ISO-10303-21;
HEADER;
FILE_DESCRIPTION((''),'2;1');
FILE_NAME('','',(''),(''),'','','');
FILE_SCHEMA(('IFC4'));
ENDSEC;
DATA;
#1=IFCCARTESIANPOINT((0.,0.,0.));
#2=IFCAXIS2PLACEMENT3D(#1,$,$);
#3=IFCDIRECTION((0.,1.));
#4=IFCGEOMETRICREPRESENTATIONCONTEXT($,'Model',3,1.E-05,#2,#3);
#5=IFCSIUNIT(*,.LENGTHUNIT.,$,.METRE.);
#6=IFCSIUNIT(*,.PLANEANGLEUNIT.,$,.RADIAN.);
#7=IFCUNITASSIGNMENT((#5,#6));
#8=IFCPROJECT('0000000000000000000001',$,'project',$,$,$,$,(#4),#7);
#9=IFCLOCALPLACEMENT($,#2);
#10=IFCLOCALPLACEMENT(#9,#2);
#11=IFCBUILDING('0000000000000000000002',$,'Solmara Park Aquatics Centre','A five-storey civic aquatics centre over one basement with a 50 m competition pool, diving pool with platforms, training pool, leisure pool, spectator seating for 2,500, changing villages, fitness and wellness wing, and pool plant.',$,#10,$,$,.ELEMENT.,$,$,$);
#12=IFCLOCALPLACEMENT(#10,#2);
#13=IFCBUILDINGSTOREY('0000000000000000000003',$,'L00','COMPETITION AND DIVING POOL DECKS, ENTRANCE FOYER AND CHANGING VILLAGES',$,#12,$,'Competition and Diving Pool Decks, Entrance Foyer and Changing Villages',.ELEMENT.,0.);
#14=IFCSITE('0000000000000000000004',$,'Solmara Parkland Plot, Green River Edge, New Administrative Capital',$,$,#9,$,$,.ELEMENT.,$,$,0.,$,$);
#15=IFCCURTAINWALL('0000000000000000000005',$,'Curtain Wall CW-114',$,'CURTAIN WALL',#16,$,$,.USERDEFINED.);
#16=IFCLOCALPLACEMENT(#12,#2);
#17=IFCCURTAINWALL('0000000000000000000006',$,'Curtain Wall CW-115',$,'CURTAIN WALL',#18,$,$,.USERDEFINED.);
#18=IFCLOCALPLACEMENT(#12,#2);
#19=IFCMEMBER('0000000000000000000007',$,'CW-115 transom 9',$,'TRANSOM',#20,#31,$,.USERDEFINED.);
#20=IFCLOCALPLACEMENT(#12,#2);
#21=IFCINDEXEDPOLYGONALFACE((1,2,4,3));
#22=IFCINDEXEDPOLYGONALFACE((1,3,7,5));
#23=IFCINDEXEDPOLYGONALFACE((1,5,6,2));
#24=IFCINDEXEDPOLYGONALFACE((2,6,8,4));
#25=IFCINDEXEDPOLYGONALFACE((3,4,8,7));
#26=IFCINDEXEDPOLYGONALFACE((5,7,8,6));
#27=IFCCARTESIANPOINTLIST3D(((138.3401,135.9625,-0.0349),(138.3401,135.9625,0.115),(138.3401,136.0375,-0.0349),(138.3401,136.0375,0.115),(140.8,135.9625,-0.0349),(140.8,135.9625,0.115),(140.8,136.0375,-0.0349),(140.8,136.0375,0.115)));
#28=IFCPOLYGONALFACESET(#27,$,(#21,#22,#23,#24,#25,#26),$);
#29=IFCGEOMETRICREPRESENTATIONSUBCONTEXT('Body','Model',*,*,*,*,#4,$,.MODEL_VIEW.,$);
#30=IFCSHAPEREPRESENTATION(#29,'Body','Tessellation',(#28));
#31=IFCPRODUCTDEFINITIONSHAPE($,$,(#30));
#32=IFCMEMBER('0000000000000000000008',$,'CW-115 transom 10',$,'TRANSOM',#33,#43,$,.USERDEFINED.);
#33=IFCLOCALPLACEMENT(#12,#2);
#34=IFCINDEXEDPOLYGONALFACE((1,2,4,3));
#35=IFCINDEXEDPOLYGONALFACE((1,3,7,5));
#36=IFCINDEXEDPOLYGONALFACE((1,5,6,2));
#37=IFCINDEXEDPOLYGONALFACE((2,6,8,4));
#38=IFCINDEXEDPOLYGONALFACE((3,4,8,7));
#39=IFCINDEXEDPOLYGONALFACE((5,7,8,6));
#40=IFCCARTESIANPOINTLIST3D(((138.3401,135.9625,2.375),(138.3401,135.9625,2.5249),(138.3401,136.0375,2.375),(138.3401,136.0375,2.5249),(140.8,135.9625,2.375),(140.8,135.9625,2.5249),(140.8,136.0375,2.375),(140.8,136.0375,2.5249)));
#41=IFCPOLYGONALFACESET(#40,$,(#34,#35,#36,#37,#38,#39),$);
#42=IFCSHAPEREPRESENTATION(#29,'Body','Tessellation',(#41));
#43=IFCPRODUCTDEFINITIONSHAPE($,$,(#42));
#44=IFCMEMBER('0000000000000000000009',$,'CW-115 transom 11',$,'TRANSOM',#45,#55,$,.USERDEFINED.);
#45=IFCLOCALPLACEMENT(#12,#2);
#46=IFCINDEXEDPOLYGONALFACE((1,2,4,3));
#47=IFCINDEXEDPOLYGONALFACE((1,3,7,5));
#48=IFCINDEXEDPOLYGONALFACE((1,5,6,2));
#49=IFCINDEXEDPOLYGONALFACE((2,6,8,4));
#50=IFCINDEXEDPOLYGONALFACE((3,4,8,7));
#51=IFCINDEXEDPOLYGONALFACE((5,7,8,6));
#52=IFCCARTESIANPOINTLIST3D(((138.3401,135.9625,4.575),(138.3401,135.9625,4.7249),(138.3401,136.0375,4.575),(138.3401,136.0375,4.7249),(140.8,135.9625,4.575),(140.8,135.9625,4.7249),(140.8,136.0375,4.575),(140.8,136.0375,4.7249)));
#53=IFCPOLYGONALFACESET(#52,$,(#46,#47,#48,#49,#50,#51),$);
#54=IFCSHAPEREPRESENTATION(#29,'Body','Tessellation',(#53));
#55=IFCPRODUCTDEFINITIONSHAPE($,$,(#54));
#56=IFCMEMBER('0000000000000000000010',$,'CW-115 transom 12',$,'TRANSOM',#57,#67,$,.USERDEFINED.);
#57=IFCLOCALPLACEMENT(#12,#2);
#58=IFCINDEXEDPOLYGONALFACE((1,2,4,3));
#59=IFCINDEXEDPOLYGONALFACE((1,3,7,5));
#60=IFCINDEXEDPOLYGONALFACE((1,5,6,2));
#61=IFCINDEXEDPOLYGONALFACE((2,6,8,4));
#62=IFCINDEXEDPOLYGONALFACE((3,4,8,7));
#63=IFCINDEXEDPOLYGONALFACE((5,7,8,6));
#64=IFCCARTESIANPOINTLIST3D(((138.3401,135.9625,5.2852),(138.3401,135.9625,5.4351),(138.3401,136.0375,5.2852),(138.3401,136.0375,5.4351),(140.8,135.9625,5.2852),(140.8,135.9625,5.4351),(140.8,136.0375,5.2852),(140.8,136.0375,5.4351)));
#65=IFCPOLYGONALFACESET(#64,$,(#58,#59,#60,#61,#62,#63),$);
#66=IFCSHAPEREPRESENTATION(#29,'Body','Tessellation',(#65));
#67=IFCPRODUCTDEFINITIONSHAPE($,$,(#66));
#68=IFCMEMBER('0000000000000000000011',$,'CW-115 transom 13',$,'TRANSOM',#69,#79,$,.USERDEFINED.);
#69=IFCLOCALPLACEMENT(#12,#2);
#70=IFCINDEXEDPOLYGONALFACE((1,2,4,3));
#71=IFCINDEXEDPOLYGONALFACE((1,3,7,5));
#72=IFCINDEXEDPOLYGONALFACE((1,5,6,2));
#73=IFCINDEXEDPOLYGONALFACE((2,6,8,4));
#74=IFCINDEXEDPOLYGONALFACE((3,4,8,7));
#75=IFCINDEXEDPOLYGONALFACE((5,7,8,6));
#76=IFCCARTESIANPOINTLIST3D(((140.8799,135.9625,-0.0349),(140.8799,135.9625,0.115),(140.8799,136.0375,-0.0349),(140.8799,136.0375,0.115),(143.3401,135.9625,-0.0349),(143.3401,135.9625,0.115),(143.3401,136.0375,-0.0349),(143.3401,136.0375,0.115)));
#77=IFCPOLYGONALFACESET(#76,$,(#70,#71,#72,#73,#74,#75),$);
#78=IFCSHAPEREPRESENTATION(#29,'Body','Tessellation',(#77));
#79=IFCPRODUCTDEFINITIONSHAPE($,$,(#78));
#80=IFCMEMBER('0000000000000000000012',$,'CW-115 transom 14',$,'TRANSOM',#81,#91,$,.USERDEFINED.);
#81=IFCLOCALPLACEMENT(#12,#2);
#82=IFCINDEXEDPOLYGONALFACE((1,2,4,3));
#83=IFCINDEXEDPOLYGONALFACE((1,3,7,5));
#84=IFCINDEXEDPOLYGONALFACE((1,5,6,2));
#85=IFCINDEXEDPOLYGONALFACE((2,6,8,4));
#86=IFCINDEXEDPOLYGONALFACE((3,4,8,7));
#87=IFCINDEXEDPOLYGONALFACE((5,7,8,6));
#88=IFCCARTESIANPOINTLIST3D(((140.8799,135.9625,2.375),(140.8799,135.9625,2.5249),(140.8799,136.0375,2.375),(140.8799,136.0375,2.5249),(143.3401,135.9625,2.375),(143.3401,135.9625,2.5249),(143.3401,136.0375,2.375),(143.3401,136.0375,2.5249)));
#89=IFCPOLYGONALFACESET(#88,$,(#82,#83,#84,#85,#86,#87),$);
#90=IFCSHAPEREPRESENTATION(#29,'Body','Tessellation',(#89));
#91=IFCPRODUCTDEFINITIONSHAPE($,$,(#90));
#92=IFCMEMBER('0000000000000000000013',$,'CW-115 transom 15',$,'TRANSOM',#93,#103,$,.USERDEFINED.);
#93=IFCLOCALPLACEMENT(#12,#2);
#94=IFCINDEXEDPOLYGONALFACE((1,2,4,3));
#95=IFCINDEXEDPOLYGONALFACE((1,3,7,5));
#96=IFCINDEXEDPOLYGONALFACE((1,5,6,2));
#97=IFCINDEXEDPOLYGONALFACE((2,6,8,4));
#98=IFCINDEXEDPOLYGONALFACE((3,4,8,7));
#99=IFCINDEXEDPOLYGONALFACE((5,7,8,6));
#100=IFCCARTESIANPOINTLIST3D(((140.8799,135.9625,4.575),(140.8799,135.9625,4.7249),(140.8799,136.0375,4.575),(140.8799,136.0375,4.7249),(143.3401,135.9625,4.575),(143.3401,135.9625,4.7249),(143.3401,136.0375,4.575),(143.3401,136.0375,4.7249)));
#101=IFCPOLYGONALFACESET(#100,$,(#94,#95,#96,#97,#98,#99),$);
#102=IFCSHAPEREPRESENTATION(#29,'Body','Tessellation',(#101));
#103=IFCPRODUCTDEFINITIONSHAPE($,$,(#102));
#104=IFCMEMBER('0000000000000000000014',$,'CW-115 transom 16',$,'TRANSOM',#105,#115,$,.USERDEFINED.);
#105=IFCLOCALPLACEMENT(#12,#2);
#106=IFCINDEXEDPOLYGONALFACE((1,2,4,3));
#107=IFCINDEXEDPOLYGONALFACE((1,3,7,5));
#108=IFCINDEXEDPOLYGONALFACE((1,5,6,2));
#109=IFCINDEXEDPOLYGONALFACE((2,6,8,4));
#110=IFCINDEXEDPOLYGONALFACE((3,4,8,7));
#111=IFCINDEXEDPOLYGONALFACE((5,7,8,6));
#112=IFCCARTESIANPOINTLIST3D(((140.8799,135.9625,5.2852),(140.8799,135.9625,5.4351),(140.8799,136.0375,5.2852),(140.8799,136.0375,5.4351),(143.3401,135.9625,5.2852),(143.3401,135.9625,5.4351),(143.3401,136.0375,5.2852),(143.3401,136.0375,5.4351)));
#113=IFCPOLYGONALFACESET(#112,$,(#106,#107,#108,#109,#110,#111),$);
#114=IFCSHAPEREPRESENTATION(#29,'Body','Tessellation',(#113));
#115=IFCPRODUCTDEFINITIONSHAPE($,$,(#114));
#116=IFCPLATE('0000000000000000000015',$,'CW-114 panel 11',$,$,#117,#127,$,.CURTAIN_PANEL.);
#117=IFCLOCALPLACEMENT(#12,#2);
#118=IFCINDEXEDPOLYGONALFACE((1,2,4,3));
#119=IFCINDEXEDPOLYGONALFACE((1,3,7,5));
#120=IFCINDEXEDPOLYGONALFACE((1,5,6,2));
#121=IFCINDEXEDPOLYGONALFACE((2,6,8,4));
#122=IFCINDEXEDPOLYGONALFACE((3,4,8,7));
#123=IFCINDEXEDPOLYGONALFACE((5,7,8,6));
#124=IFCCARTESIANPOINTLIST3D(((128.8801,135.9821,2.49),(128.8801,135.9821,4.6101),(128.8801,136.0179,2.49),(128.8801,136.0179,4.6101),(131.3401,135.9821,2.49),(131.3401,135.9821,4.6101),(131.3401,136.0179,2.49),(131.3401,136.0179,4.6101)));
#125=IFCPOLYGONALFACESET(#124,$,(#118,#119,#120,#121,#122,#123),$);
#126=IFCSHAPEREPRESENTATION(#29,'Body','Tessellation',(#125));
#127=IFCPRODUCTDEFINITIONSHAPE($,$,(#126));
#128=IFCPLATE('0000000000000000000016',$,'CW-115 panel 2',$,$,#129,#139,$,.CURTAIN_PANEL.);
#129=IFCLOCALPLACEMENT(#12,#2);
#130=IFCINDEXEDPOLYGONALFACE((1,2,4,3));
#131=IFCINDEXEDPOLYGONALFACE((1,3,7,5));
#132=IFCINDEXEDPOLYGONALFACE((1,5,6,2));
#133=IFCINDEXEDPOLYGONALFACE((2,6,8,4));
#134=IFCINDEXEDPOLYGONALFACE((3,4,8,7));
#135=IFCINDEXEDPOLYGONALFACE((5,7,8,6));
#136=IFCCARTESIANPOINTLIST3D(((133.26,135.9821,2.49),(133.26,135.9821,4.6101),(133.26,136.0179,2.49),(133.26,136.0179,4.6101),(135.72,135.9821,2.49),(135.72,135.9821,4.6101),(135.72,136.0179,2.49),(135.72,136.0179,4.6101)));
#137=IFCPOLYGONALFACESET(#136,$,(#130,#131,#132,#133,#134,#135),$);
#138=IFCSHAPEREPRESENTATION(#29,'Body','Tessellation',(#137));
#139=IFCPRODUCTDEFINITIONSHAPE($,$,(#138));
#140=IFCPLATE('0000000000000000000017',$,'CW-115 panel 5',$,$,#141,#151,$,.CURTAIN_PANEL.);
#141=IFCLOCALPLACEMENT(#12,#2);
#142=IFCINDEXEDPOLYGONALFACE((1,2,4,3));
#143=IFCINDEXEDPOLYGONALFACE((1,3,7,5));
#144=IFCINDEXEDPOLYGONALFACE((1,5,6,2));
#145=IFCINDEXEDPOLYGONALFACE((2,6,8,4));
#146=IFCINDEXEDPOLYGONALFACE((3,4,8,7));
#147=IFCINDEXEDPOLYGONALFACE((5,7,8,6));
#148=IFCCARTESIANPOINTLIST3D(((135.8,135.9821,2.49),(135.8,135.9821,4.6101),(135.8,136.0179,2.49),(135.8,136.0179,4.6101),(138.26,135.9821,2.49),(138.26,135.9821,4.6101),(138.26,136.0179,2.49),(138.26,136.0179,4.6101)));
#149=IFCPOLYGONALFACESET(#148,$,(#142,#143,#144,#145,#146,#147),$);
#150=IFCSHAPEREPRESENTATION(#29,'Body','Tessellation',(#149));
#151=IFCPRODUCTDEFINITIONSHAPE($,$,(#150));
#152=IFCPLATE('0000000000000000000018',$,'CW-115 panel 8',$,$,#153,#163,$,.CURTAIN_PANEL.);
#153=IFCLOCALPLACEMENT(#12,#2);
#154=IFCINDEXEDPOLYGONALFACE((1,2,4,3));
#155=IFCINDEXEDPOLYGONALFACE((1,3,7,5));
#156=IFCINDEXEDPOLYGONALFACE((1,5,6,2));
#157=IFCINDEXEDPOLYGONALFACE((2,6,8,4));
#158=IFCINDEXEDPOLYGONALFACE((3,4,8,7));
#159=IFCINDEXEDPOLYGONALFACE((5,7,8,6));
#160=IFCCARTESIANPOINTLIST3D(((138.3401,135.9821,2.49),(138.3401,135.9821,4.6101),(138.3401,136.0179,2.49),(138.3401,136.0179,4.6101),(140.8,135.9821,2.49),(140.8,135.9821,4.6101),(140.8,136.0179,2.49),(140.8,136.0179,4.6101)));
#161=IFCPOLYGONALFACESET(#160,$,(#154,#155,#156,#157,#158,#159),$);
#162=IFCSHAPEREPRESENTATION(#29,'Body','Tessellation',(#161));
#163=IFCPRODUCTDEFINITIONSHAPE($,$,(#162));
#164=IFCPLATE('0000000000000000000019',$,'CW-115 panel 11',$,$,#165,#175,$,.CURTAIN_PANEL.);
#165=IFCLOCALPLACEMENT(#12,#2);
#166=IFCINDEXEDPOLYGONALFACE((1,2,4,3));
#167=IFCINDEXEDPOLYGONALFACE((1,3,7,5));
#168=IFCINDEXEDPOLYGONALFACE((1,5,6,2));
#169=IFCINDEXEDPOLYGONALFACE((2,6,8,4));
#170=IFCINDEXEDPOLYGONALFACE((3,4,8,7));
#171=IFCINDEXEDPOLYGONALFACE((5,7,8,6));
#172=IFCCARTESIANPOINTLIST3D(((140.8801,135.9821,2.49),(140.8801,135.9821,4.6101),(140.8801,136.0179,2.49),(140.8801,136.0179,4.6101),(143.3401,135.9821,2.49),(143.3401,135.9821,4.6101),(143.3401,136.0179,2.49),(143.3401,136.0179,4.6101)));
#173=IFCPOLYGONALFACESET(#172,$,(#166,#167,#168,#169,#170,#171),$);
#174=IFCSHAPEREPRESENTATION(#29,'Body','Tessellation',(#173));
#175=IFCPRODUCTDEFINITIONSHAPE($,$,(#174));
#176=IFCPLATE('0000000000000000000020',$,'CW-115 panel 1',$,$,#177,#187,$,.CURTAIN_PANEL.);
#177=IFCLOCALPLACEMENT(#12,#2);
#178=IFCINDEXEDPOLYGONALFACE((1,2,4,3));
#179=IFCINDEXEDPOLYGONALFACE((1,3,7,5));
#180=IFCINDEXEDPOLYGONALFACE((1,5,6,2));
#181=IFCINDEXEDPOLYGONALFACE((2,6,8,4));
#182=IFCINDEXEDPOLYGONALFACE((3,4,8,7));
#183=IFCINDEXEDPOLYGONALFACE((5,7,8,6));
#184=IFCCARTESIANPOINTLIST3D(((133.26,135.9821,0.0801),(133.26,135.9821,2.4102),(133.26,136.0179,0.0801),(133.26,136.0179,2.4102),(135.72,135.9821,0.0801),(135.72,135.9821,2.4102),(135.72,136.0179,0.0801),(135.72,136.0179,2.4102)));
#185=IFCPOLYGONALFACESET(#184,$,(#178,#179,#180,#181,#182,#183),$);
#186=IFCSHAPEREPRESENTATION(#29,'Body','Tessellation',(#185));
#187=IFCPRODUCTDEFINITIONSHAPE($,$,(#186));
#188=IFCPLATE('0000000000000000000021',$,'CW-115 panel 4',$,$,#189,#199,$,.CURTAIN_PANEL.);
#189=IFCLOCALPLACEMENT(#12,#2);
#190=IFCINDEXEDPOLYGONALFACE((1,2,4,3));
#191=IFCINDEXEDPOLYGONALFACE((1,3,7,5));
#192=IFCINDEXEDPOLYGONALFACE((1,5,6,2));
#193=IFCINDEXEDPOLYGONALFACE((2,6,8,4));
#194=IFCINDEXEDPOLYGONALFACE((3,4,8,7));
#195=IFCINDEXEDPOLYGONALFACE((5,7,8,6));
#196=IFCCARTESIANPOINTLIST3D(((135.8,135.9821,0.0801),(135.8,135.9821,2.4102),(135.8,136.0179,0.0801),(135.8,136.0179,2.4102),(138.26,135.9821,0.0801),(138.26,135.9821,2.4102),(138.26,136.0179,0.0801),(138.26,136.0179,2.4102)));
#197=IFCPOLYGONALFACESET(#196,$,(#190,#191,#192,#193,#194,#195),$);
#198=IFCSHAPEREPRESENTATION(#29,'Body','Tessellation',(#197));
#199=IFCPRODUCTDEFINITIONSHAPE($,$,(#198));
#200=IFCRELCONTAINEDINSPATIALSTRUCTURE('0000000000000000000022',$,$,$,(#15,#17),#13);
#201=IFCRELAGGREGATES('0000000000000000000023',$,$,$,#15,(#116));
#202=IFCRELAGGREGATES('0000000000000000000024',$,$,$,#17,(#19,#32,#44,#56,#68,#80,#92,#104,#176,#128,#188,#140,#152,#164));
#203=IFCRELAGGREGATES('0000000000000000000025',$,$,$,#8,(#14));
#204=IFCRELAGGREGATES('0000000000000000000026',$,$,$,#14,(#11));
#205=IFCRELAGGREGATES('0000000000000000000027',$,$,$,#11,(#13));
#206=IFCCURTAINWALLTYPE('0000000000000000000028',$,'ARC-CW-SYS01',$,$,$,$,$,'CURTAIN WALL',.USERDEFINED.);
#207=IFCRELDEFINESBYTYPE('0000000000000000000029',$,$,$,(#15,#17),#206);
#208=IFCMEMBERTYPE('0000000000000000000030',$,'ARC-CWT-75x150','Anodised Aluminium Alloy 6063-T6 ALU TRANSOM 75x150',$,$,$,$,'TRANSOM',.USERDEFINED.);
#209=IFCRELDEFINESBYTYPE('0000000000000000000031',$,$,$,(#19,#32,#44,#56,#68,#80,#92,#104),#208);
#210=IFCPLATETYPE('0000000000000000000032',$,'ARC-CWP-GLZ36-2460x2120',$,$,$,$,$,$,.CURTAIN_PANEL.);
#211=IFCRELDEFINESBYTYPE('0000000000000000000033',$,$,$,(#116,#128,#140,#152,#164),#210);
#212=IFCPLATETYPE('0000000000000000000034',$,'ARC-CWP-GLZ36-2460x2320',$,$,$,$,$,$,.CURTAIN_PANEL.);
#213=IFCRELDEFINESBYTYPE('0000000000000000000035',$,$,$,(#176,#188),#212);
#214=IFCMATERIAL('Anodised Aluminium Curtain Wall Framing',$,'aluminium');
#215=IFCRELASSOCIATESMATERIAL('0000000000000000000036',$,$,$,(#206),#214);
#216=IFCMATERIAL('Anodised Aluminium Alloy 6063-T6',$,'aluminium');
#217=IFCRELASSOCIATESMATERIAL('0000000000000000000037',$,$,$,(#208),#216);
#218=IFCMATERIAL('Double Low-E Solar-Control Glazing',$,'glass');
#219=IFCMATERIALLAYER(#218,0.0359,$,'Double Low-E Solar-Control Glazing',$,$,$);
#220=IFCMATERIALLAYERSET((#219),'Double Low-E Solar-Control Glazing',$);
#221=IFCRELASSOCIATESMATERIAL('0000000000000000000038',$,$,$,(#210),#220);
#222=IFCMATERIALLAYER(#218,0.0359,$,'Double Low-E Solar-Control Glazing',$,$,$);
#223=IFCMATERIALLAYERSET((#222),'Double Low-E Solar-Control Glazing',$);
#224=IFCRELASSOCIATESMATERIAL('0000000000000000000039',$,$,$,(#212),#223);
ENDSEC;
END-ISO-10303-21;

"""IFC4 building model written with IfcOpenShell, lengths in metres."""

from ifc_helpers import new_model, si_unit, direction, frame, origin, origin_2d, place, context, subcontext, project, spatial, rectangle, extrude, material, layer, layer_set, material_profile, profile_set, type_object, element, aggregate, save


model = new_model("IFC4")

# Units and contexts
model_context = context("Model", 3, precision=1e-05, world=origin(), true_north=direction((0.0, 1.0)))
body_context = subcontext(model_context, "Body", "Model", "MODEL_VIEW")
ifc_project = project(units=[si_unit("LENGTHUNIT", "METRE"), si_unit("PLANEANGLEUNIT", "RADIAN")], contexts=[model_context])

# Site, building, storey
site_placement = place(None, origin())
site = spatial("IfcSite", under=ifc_project, at=site_placement, Name="Solmara Parkland Plot, Green River Edge, New Administrative Capital", CompositionType="ELEMENT", RefElevation=0.0)
building_placement = place(site_placement, origin())
building = spatial("IfcBuilding", under=site, at=building_placement, Name="Solmara Park Aquatics Centre", Description="A five-storey civic aquatics centre over one basement with a 50 m competition pool, diving pool with platforms, training pool, leisure pool, spectator seating for 2,500, changing villages, fitness and wellness wing, and pool plant.", CompositionType="ELEMENT")
storey_placement = place(building_placement, origin())
storey = spatial("IfcBuildingStorey", under=building, at=storey_placement, Name="L00", Description="COMPETITION AND DIVING POOL DECKS, ENTRANCE FOYER AND CHANGING VILLAGES", LongName="Competition and Diving Pool Decks, Entrance Foyer and Changing Villages", CompositionType="ELEMENT", Elevation=0.0)

# Curtain wall
ifc_material_1 = material(Name="Anodised Aluminium Curtain Wall Framing", Category="aluminium")
curtain_wall_type = type_object("IfcCurtainWallType", Name="ARC-CW-SYS01", ElementType="CURTAIN WALL", PredefinedType="USERDEFINED", material=ifc_material_1)
curtain_wall_1_placement = place(storey_placement, origin())
curtain_wall_1 = element("IfcCurtainWall", 1, at=curtain_wall_1_placement, inside=storey, type_object=curtain_wall_type, Name="Curtain Wall CW-114", ObjectType="CURTAIN WALL", PredefinedType="USERDEFINED")
ifc_material_2 = material(Name="Anodised Aluminium Alloy 6063-T6", Category="aluminium")

# Curtain wall, members
curtain_wall_2_placement = place(storey_placement, origin())
curtain_wall_2 = element("IfcCurtainWall", 2, at=curtain_wall_2_placement, inside=storey, type_object=curtain_wall_type, Name="Curtain Wall CW-115", ObjectType="CURTAIN WALL", PredefinedType="USERDEFINED")
ifc_material_profile_1 = material_profile(ifc_material_2, rectangle(XDim=0.075, YDim=0.1499, at=origin_2d()), Name="ALU TRANSOM 75x150")
ifc_profile_set_1 = profile_set([ifc_material_profile_1], Name="Anodised Aluminium Alloy 6063-T6")
member_type_1 = type_object("IfcMemberType", Name="ARC-CWT-75x150", Description="Anodised Aluminium Alloy 6063-T6 ALU TRANSOM 75x150", ElementType="TRANSOM", PredefinedType="USERDEFINED", material=ifc_profile_set_1)
member_1_placement = place(storey_placement, frame((138.3401, 136.0, 0.04), z_axis=(1.0, 0.0, 0.0), x_axis=(0.0, 1.0, 0.0)))
member_1 = element("IfcMember", 3, at=member_1_placement, type_object=member_type_1, Name="CW-115 transom 9", ObjectType="TRANSOM", PredefinedType="USERDEFINED", context=body_context, shape_type="SweptSolid", body=[
    extrude(rectangle(XDim=0.075, YDim=0.1499, at=origin_2d()), origin(), (0.0, 0.0, 1.0), 2.46),
])
member_2_placement = place(storey_placement, frame((138.3401, 136.0, 2.45), z_axis=(1.0, 0.0, 0.0), x_axis=(0.0, 1.0, 0.0)))
member_2 = element("IfcMember", 4, at=member_2_placement, type_object=member_type_1, Name="CW-115 transom 10", ObjectType="TRANSOM", PredefinedType="USERDEFINED", context=body_context, shape_type="SweptSolid", body=[
    extrude(rectangle(XDim=0.075, YDim=0.1499, at=origin_2d()), origin(), (0.0, 0.0, 1.0), 2.46),
])
member_3_placement = place(storey_placement, frame((138.3401, 136.0, 4.6499), z_axis=(1.0, 0.0, 0.0), x_axis=(0.0, 1.0, 0.0)))
member_3 = element("IfcMember", 5, at=member_3_placement, type_object=member_type_1, Name="CW-115 transom 11", ObjectType="TRANSOM", PredefinedType="USERDEFINED", context=body_context, shape_type="SweptSolid", body=[
    extrude(rectangle(XDim=0.075, YDim=0.1499, at=origin_2d()), origin(), (0.0, 0.0, 1.0), 2.46),
])
member_4_placement = place(storey_placement, frame((138.3401, 136.0, 5.3601), z_axis=(1.0, 0.0, 0.0), x_axis=(0.0, 1.0, 0.0)))
member_4 = element("IfcMember", 6, at=member_4_placement, type_object=member_type_1, Name="CW-115 transom 12", ObjectType="TRANSOM", PredefinedType="USERDEFINED", context=body_context, shape_type="SweptSolid", body=[
    extrude(rectangle(XDim=0.075, YDim=0.1499, at=origin_2d()), origin(), (0.0, 0.0, 1.0), 2.46),
])
member_5_placement = place(storey_placement, frame((140.8799, 136.0, 0.04), z_axis=(1.0, 0.0, 0.0), x_axis=(0.0, 1.0, 0.0)))
member_5 = element("IfcMember", 7, at=member_5_placement, type_object=member_type_1, Name="CW-115 transom 13", ObjectType="TRANSOM", PredefinedType="USERDEFINED", context=body_context, shape_type="SweptSolid", body=[
    extrude(rectangle(XDim=0.075, YDim=0.1499, at=origin_2d()), origin(), (0.0, 0.0, 1.0), 2.4602),
])
member_6_placement = place(storey_placement, frame((140.8799, 136.0, 2.45), z_axis=(1.0, 0.0, 0.0), x_axis=(0.0, 1.0, 0.0)))
member_6 = element("IfcMember", 8, at=member_6_placement, type_object=member_type_1, Name="CW-115 transom 14", ObjectType="TRANSOM", PredefinedType="USERDEFINED", context=body_context, shape_type="SweptSolid", body=[
    extrude(rectangle(XDim=0.075, YDim=0.1499, at=origin_2d()), origin(), (0.0, 0.0, 1.0), 2.4602),
])
member_7_placement = place(storey_placement, frame((140.8799, 136.0, 4.6499), z_axis=(1.0, 0.0, 0.0), x_axis=(0.0, 1.0, 0.0)))
member_7 = element("IfcMember", 9, at=member_7_placement, type_object=member_type_1, Name="CW-115 transom 15", ObjectType="TRANSOM", PredefinedType="USERDEFINED", context=body_context, shape_type="SweptSolid", body=[
    extrude(rectangle(XDim=0.075, YDim=0.1499, at=origin_2d()), origin(), (0.0, 0.0, 1.0), 2.4602),
])
member_8_placement = place(storey_placement, frame((140.8799, 136.0, 5.3601), z_axis=(1.0, 0.0, 0.0), x_axis=(0.0, 1.0, 0.0)))
member_8 = element("IfcMember", 10, at=member_8_placement, type_object=member_type_1, Name="CW-115 transom 16", ObjectType="TRANSOM", PredefinedType="USERDEFINED", context=body_context, shape_type="SweptSolid", body=[
    extrude(rectangle(XDim=0.075, YDim=0.1499, at=origin_2d()), origin(), (0.0, 0.0, 1.0), 2.4602),
])

# Plates
ifc_material_3 = material(Name="Double Low-E Solar-Control Glazing", Category="glass")
ifc_layer_1 = layer(ifc_material_3, 0.0359, Name="Double Low-E Solar-Control Glazing")
ifc_layer_set_1 = layer_set([ifc_layer_1], Name="Double Low-E Solar-Control Glazing")
plate_type_1 = type_object("IfcPlateType", Name="ARC-CWP-GLZ36-2460x2120", PredefinedType="CURTAIN_PANEL", material=ifc_layer_set_1)
plate_1_placement = place(storey_placement, frame((130.1101, 136.0, 2.49), z_axis=(0.0, 0.0, 1.0), x_axis=(1.0, 0.0, 0.0)))
plate_1 = element("IfcPlate", 11, at=plate_1_placement, type_object=plate_type_1, Name="CW-114 panel 11", PredefinedType="CURTAIN_PANEL", context=body_context, shape_type="SweptSolid", body=[
    extrude(rectangle(XDim=2.46, YDim=0.0359, at=origin_2d()), origin(), (0.0, 0.0, 1.0), 2.1201),
])
plate_2_placement = place(storey_placement, frame((134.49, 136.0, 2.49), z_axis=(0.0, 0.0, 1.0), x_axis=(1.0, 0.0, 0.0)))
plate_2 = element("IfcPlate", 12, at=plate_2_placement, type_object=plate_type_1, Name="CW-115 panel 2", PredefinedType="CURTAIN_PANEL", context=body_context, shape_type="SweptSolid", body=[
    extrude(rectangle(XDim=2.46, YDim=0.0359, at=origin_2d()), origin(), (0.0, 0.0, 1.0), 2.1201),
])
plate_3_placement = place(storey_placement, frame((137.03, 136.0, 2.49), z_axis=(0.0, 0.0, 1.0), x_axis=(1.0, 0.0, 0.0)))
plate_3 = element("IfcPlate", 13, at=plate_3_placement, type_object=plate_type_1, Name="CW-115 panel 5", PredefinedType="CURTAIN_PANEL", context=body_context, shape_type="SweptSolid", body=[
    extrude(rectangle(XDim=2.46, YDim=0.0359, at=origin_2d()), origin(), (0.0, 0.0, 1.0), 2.1201),
])
plate_4_placement = place(storey_placement, frame((139.5701, 136.0, 2.49), z_axis=(0.0, 0.0, 1.0), x_axis=(1.0, 0.0, 0.0)))
plate_4 = element("IfcPlate", 14, at=plate_4_placement, type_object=plate_type_1, Name="CW-115 panel 8", PredefinedType="CURTAIN_PANEL", context=body_context, shape_type="SweptSolid", body=[
    extrude(rectangle(XDim=2.46, YDim=0.0359, at=origin_2d()), origin(), (0.0, 0.0, 1.0), 2.1201),
])
plate_5_placement = place(storey_placement, frame((142.1101, 136.0, 2.49), z_axis=(0.0, 0.0, 1.0), x_axis=(1.0, 0.0, 0.0)))
plate_5 = element("IfcPlate", 15, at=plate_5_placement, type_object=plate_type_1, Name="CW-115 panel 11", PredefinedType="CURTAIN_PANEL", context=body_context, shape_type="SweptSolid", body=[
    extrude(rectangle(XDim=2.46, YDim=0.0359, at=origin_2d()), origin(), (0.0, 0.0, 1.0), 2.1201),
])
ifc_layer_2 = layer(ifc_material_3, 0.0359, Name="Double Low-E Solar-Control Glazing")
ifc_layer_set_2 = layer_set([ifc_layer_2], Name="Double Low-E Solar-Control Glazing")
plate_type_2 = type_object("IfcPlateType", Name="ARC-CWP-GLZ36-2460x2320", PredefinedType="CURTAIN_PANEL", material=ifc_layer_set_2)
plate_6_placement = place(storey_placement, frame((134.49, 136.0, 0.0801), z_axis=(0.0, 0.0, 1.0), x_axis=(1.0, 0.0, 0.0)))
plate_6 = element("IfcPlate", 16, at=plate_6_placement, type_object=plate_type_2, Name="CW-115 panel 1", PredefinedType="CURTAIN_PANEL", context=body_context, shape_type="SweptSolid", body=[
    extrude(rectangle(XDim=2.46, YDim=0.0359, at=origin_2d()), origin(), (0.0, 0.0, 1.0), 2.3301),
])
plate_7_placement = place(storey_placement, frame((137.03, 136.0, 0.0801), z_axis=(0.0, 0.0, 1.0), x_axis=(1.0, 0.0, 0.0)))
plate_7 = element("IfcPlate", 17, at=plate_7_placement, type_object=plate_type_2, Name="CW-115 panel 4", PredefinedType="CURTAIN_PANEL", context=body_context, shape_type="SweptSolid", body=[
    extrude(rectangle(XDim=2.46, YDim=0.0359, at=origin_2d()), origin(), (0.0, 0.0, 1.0), 2.3301),
])
aggregate(curtain_wall_1, [plate_1])
aggregate(curtain_wall_2, [member_1, member_2, member_3, member_4, member_5, member_6, member_7, member_8, plate_6, plate_2, plate_7, plate_3, plate_4, plate_5])

save(model, "model.ifc")
